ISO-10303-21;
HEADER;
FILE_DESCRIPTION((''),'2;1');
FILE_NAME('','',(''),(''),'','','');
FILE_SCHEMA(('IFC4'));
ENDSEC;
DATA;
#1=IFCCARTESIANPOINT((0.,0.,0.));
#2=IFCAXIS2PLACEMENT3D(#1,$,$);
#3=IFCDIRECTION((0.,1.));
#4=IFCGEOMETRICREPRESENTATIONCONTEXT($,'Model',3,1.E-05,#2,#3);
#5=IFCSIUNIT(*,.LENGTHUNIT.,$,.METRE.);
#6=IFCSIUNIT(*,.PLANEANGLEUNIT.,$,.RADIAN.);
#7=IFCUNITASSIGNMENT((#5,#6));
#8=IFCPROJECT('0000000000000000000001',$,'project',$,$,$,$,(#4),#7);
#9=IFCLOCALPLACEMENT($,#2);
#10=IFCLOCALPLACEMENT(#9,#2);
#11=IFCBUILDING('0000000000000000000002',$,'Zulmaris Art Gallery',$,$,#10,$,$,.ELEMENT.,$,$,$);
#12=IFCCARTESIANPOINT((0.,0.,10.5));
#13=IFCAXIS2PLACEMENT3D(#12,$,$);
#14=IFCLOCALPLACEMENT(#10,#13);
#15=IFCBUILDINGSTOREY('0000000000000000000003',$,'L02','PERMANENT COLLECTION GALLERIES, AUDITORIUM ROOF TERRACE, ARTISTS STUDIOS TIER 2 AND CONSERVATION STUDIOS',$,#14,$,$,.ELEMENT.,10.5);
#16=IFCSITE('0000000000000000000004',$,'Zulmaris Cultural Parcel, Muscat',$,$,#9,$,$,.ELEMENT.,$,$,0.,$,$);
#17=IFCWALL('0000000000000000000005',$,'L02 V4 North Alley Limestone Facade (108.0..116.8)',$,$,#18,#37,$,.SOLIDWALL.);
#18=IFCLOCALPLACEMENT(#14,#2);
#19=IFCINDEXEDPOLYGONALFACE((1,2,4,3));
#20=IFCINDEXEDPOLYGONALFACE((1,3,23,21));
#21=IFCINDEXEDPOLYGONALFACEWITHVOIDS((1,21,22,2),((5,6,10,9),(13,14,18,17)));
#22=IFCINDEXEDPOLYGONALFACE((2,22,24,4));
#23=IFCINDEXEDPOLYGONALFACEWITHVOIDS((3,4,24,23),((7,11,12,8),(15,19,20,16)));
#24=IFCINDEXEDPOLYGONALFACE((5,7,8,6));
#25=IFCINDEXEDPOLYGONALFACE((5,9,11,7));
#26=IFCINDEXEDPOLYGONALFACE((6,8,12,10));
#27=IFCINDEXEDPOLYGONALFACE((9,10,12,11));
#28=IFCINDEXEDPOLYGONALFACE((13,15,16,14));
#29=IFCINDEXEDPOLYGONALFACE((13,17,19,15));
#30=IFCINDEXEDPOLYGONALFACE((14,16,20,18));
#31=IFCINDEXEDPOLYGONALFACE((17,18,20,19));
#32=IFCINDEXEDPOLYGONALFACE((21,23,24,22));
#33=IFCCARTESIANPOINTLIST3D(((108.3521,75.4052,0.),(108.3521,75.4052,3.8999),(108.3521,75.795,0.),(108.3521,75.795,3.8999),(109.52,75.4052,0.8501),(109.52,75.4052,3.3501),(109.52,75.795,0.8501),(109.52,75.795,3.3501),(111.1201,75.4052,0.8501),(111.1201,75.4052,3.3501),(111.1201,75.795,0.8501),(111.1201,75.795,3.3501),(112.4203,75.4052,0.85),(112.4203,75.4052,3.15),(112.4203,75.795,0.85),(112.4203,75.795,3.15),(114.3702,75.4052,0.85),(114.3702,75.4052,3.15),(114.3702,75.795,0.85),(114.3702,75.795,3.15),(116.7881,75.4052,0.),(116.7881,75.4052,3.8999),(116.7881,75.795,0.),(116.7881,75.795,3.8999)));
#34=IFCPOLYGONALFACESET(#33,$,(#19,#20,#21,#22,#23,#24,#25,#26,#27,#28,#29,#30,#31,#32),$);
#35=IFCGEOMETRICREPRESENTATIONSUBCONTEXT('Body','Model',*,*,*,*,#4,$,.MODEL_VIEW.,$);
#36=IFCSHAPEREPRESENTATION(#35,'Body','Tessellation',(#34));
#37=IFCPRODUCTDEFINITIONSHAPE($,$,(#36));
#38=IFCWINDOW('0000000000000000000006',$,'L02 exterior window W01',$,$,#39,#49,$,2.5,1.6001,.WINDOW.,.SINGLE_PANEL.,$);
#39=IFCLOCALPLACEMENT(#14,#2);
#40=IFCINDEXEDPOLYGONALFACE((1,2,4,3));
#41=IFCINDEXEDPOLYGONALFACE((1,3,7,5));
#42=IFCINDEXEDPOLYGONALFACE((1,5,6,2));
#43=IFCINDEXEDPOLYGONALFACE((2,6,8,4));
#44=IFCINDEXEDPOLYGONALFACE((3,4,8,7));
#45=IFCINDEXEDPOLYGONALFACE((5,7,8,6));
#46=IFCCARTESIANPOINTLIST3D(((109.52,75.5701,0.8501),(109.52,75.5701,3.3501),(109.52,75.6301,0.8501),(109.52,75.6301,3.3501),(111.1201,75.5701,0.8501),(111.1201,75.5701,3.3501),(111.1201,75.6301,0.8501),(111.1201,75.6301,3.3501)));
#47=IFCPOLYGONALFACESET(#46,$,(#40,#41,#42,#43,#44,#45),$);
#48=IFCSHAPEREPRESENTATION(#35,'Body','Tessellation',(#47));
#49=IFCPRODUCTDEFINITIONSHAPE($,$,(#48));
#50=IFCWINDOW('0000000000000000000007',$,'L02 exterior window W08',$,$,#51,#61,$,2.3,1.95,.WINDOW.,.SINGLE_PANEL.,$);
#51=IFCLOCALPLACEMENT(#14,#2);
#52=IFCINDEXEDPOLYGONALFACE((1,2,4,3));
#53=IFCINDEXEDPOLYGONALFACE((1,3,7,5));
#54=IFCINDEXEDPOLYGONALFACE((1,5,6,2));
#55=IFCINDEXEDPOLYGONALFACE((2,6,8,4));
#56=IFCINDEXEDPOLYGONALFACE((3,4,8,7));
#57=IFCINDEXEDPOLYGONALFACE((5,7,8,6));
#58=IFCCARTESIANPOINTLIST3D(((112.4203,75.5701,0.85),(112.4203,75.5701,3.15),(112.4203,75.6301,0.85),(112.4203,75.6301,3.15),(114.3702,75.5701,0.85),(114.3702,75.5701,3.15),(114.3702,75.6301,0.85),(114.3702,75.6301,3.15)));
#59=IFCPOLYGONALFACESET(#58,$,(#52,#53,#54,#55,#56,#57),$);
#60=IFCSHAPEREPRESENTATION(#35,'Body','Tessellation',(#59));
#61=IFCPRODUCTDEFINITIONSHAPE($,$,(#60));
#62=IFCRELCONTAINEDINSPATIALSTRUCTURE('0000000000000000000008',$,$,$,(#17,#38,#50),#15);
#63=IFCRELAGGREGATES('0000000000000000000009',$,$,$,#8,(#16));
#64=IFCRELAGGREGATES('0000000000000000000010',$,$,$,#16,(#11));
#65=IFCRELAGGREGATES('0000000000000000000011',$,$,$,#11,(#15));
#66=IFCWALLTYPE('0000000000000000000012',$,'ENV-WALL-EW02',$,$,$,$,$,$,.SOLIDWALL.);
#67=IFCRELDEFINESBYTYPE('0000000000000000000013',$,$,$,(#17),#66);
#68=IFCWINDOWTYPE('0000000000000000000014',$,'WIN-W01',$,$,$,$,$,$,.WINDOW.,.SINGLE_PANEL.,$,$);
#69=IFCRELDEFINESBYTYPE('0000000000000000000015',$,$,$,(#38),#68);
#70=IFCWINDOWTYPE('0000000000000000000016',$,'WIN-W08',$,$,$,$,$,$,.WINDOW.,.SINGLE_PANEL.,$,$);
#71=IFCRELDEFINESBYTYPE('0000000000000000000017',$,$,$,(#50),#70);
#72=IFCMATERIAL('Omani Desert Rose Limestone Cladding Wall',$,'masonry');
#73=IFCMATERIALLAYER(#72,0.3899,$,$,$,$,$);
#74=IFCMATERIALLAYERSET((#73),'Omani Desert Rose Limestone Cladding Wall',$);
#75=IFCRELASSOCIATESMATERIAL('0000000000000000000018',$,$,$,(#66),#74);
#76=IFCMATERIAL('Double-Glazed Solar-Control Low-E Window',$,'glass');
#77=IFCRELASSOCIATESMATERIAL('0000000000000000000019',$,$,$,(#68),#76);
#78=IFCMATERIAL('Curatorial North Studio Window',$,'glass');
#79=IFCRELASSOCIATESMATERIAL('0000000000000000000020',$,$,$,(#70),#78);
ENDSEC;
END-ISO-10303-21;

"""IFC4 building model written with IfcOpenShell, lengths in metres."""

from ifc_helpers import new_model, si_unit, direction, frame, frame_2d, origin, place, context, subcontext, project, spatial, rectangle, extrude, material, layer, layer_set, type_object, element, fill, save


model = new_model("IFC4")

# Units and contexts
model_context = context("Model", 3, precision=1e-05, world=origin(), true_north=direction((0.0, 1.0)))
body_context = subcontext(model_context, "Body", "Model", "MODEL_VIEW")
ifc_project = project(units=[si_unit("LENGTHUNIT", "METRE"), si_unit("PLANEANGLEUNIT", "RADIAN")], contexts=[model_context])

# Site, building, storey
site_placement = place(None, origin())
site = spatial("IfcSite", under=ifc_project, at=site_placement, Name="Zulmaris Cultural Parcel, Muscat", CompositionType="ELEMENT", RefElevation=0.0)
building_placement = place(site_placement, origin())
building = spatial("IfcBuilding", under=site, at=building_placement, Name="Zulmaris Art Gallery", CompositionType="ELEMENT")
storey_placement = place(building_placement, frame((0.0, 0.0, 10.5)))
storey = spatial("IfcBuildingStorey", under=building, at=storey_placement, Name="L02", Description="PERMANENT COLLECTION GALLERIES, AUDITORIUM ROOF TERRACE, ARTISTS STUDIOS TIER 2 AND CONSERVATION STUDIOS", CompositionType="ELEMENT", Elevation=10.5)

# Wall, openings, windows
ifc_material_1 = material(Name="Omani Desert Rose Limestone Cladding Wall", Category="masonry")
ifc_layer_1 = layer(ifc_material_1, 0.3899)
ifc_layer_set_1 = layer_set([ifc_layer_1], Name="Omani Desert Rose Limestone Cladding Wall")
wall_type = type_object("IfcWallType", Name="ENV-WALL-EW02", PredefinedType="SOLIDWALL", material=ifc_layer_set_1)
wall_placement = place(storey_placement, frame((108.3521, 75.6001, 0.0), z_axis=(0.0, 0.0, 1.0), x_axis=(1.0, 0.0, 0.0)))
wall = element("IfcWall", 1, at=wall_placement, inside=storey, type_object=wall_type, Name="L02 V4 North Alley Limestone Facade (108.0..116.8)", PredefinedType="SOLIDWALL", context=body_context, shape_type="SweptSolid", body=[
    extrude(rectangle(XDim=8.436, YDim=0.3899, at=frame_2d((4.218, 0.0))), origin(), (0.0, 0.0, 1.0), 3.8999),
])
opening_1_placement = place(wall_placement, frame((1.168, 0.0, 0.8501)))
opening_1 = element("IfcOpeningElement", 2, at=opening_1_placement, cuts=wall, PredefinedType="OPENING", context=body_context, shape_type="SweptSolid", body=[
    extrude(rectangle(XDim=1.6001, YDim=2.5, at=frame_2d((0.8, 1.25))), frame((0.0, 0.2048, 0.0), z_axis=(0.0, -1.0, 0.0), x_axis=(1.0, 0.0, 0.0)), (0.0, 0.0, 1.0), 0.4099),
])
opening_2_placement = place(wall_placement, frame((4.0681, 0.0, 0.8501)))
opening_2 = element("IfcOpeningElement", 3, at=opening_2_placement, cuts=wall, PredefinedType="OPENING", context=body_context, shape_type="SweptSolid", body=[
    extrude(rectangle(XDim=1.95, YDim=2.3, at=frame_2d((0.9751, 1.1499))), frame((0.0, 0.2048, 0.0), z_axis=(0.0, -1.0, 0.0), x_axis=(1.0, 0.0, 0.0)), (0.0, 0.0, 1.0), 0.4099),
])
ifc_material_2 = material(Name="Double-Glazed Solar-Control Low-E Window", Category="glass")
window_type_1 = type_object("IfcWindowType", Name="WIN-W01", PartitioningType="SINGLE_PANEL", PredefinedType="WINDOW", material=ifc_material_2)
window_1_placement = place(opening_1_placement, origin())
window_1 = element("IfcWindow", 4, at=window_1_placement, inside=storey, type_object=window_type_1, Name="L02 exterior window W01", OverallHeight=2.5, OverallWidth=1.6001, PartitioningType="SINGLE_PANEL", PredefinedType="WINDOW", context=body_context, shape_type="SweptSolid", body=[
    extrude(rectangle(XDim=1.6001, YDim=2.5, at=frame_2d((0.8, 1.25))), frame((0.0, 0.03, 0.0), z_axis=(0.0, -1.0, 0.0), x_axis=(1.0, 0.0, 0.0)), (0.0, 0.0, 1.0), 0.0601),
])
fill(opening_1, window_1)
ifc_material_3 = material(Name="Curatorial North Studio Window", Category="glass")
window_type_2 = type_object("IfcWindowType", Name="WIN-W08", PartitioningType="SINGLE_PANEL", PredefinedType="WINDOW", material=ifc_material_3)
window_2_placement = place(opening_2_placement, origin())
window_2 = element("IfcWindow", 5, at=window_2_placement, inside=storey, type_object=window_type_2, Name="L02 exterior window W08", OverallHeight=2.3, OverallWidth=1.95, PartitioningType="SINGLE_PANEL", PredefinedType="WINDOW", context=body_context, shape_type="SweptSolid", body=[
    extrude(rectangle(XDim=1.95, YDim=2.3, at=frame_2d((0.9751, 1.1499))), frame((0.0, 0.03, 0.0), z_axis=(0.0, -1.0, 0.0), x_axis=(1.0, 0.0, 0.0)), (0.0, 0.0, 1.0), 0.0601),
])
fill(opening_2, window_2)

save(model, "model.ifc")
